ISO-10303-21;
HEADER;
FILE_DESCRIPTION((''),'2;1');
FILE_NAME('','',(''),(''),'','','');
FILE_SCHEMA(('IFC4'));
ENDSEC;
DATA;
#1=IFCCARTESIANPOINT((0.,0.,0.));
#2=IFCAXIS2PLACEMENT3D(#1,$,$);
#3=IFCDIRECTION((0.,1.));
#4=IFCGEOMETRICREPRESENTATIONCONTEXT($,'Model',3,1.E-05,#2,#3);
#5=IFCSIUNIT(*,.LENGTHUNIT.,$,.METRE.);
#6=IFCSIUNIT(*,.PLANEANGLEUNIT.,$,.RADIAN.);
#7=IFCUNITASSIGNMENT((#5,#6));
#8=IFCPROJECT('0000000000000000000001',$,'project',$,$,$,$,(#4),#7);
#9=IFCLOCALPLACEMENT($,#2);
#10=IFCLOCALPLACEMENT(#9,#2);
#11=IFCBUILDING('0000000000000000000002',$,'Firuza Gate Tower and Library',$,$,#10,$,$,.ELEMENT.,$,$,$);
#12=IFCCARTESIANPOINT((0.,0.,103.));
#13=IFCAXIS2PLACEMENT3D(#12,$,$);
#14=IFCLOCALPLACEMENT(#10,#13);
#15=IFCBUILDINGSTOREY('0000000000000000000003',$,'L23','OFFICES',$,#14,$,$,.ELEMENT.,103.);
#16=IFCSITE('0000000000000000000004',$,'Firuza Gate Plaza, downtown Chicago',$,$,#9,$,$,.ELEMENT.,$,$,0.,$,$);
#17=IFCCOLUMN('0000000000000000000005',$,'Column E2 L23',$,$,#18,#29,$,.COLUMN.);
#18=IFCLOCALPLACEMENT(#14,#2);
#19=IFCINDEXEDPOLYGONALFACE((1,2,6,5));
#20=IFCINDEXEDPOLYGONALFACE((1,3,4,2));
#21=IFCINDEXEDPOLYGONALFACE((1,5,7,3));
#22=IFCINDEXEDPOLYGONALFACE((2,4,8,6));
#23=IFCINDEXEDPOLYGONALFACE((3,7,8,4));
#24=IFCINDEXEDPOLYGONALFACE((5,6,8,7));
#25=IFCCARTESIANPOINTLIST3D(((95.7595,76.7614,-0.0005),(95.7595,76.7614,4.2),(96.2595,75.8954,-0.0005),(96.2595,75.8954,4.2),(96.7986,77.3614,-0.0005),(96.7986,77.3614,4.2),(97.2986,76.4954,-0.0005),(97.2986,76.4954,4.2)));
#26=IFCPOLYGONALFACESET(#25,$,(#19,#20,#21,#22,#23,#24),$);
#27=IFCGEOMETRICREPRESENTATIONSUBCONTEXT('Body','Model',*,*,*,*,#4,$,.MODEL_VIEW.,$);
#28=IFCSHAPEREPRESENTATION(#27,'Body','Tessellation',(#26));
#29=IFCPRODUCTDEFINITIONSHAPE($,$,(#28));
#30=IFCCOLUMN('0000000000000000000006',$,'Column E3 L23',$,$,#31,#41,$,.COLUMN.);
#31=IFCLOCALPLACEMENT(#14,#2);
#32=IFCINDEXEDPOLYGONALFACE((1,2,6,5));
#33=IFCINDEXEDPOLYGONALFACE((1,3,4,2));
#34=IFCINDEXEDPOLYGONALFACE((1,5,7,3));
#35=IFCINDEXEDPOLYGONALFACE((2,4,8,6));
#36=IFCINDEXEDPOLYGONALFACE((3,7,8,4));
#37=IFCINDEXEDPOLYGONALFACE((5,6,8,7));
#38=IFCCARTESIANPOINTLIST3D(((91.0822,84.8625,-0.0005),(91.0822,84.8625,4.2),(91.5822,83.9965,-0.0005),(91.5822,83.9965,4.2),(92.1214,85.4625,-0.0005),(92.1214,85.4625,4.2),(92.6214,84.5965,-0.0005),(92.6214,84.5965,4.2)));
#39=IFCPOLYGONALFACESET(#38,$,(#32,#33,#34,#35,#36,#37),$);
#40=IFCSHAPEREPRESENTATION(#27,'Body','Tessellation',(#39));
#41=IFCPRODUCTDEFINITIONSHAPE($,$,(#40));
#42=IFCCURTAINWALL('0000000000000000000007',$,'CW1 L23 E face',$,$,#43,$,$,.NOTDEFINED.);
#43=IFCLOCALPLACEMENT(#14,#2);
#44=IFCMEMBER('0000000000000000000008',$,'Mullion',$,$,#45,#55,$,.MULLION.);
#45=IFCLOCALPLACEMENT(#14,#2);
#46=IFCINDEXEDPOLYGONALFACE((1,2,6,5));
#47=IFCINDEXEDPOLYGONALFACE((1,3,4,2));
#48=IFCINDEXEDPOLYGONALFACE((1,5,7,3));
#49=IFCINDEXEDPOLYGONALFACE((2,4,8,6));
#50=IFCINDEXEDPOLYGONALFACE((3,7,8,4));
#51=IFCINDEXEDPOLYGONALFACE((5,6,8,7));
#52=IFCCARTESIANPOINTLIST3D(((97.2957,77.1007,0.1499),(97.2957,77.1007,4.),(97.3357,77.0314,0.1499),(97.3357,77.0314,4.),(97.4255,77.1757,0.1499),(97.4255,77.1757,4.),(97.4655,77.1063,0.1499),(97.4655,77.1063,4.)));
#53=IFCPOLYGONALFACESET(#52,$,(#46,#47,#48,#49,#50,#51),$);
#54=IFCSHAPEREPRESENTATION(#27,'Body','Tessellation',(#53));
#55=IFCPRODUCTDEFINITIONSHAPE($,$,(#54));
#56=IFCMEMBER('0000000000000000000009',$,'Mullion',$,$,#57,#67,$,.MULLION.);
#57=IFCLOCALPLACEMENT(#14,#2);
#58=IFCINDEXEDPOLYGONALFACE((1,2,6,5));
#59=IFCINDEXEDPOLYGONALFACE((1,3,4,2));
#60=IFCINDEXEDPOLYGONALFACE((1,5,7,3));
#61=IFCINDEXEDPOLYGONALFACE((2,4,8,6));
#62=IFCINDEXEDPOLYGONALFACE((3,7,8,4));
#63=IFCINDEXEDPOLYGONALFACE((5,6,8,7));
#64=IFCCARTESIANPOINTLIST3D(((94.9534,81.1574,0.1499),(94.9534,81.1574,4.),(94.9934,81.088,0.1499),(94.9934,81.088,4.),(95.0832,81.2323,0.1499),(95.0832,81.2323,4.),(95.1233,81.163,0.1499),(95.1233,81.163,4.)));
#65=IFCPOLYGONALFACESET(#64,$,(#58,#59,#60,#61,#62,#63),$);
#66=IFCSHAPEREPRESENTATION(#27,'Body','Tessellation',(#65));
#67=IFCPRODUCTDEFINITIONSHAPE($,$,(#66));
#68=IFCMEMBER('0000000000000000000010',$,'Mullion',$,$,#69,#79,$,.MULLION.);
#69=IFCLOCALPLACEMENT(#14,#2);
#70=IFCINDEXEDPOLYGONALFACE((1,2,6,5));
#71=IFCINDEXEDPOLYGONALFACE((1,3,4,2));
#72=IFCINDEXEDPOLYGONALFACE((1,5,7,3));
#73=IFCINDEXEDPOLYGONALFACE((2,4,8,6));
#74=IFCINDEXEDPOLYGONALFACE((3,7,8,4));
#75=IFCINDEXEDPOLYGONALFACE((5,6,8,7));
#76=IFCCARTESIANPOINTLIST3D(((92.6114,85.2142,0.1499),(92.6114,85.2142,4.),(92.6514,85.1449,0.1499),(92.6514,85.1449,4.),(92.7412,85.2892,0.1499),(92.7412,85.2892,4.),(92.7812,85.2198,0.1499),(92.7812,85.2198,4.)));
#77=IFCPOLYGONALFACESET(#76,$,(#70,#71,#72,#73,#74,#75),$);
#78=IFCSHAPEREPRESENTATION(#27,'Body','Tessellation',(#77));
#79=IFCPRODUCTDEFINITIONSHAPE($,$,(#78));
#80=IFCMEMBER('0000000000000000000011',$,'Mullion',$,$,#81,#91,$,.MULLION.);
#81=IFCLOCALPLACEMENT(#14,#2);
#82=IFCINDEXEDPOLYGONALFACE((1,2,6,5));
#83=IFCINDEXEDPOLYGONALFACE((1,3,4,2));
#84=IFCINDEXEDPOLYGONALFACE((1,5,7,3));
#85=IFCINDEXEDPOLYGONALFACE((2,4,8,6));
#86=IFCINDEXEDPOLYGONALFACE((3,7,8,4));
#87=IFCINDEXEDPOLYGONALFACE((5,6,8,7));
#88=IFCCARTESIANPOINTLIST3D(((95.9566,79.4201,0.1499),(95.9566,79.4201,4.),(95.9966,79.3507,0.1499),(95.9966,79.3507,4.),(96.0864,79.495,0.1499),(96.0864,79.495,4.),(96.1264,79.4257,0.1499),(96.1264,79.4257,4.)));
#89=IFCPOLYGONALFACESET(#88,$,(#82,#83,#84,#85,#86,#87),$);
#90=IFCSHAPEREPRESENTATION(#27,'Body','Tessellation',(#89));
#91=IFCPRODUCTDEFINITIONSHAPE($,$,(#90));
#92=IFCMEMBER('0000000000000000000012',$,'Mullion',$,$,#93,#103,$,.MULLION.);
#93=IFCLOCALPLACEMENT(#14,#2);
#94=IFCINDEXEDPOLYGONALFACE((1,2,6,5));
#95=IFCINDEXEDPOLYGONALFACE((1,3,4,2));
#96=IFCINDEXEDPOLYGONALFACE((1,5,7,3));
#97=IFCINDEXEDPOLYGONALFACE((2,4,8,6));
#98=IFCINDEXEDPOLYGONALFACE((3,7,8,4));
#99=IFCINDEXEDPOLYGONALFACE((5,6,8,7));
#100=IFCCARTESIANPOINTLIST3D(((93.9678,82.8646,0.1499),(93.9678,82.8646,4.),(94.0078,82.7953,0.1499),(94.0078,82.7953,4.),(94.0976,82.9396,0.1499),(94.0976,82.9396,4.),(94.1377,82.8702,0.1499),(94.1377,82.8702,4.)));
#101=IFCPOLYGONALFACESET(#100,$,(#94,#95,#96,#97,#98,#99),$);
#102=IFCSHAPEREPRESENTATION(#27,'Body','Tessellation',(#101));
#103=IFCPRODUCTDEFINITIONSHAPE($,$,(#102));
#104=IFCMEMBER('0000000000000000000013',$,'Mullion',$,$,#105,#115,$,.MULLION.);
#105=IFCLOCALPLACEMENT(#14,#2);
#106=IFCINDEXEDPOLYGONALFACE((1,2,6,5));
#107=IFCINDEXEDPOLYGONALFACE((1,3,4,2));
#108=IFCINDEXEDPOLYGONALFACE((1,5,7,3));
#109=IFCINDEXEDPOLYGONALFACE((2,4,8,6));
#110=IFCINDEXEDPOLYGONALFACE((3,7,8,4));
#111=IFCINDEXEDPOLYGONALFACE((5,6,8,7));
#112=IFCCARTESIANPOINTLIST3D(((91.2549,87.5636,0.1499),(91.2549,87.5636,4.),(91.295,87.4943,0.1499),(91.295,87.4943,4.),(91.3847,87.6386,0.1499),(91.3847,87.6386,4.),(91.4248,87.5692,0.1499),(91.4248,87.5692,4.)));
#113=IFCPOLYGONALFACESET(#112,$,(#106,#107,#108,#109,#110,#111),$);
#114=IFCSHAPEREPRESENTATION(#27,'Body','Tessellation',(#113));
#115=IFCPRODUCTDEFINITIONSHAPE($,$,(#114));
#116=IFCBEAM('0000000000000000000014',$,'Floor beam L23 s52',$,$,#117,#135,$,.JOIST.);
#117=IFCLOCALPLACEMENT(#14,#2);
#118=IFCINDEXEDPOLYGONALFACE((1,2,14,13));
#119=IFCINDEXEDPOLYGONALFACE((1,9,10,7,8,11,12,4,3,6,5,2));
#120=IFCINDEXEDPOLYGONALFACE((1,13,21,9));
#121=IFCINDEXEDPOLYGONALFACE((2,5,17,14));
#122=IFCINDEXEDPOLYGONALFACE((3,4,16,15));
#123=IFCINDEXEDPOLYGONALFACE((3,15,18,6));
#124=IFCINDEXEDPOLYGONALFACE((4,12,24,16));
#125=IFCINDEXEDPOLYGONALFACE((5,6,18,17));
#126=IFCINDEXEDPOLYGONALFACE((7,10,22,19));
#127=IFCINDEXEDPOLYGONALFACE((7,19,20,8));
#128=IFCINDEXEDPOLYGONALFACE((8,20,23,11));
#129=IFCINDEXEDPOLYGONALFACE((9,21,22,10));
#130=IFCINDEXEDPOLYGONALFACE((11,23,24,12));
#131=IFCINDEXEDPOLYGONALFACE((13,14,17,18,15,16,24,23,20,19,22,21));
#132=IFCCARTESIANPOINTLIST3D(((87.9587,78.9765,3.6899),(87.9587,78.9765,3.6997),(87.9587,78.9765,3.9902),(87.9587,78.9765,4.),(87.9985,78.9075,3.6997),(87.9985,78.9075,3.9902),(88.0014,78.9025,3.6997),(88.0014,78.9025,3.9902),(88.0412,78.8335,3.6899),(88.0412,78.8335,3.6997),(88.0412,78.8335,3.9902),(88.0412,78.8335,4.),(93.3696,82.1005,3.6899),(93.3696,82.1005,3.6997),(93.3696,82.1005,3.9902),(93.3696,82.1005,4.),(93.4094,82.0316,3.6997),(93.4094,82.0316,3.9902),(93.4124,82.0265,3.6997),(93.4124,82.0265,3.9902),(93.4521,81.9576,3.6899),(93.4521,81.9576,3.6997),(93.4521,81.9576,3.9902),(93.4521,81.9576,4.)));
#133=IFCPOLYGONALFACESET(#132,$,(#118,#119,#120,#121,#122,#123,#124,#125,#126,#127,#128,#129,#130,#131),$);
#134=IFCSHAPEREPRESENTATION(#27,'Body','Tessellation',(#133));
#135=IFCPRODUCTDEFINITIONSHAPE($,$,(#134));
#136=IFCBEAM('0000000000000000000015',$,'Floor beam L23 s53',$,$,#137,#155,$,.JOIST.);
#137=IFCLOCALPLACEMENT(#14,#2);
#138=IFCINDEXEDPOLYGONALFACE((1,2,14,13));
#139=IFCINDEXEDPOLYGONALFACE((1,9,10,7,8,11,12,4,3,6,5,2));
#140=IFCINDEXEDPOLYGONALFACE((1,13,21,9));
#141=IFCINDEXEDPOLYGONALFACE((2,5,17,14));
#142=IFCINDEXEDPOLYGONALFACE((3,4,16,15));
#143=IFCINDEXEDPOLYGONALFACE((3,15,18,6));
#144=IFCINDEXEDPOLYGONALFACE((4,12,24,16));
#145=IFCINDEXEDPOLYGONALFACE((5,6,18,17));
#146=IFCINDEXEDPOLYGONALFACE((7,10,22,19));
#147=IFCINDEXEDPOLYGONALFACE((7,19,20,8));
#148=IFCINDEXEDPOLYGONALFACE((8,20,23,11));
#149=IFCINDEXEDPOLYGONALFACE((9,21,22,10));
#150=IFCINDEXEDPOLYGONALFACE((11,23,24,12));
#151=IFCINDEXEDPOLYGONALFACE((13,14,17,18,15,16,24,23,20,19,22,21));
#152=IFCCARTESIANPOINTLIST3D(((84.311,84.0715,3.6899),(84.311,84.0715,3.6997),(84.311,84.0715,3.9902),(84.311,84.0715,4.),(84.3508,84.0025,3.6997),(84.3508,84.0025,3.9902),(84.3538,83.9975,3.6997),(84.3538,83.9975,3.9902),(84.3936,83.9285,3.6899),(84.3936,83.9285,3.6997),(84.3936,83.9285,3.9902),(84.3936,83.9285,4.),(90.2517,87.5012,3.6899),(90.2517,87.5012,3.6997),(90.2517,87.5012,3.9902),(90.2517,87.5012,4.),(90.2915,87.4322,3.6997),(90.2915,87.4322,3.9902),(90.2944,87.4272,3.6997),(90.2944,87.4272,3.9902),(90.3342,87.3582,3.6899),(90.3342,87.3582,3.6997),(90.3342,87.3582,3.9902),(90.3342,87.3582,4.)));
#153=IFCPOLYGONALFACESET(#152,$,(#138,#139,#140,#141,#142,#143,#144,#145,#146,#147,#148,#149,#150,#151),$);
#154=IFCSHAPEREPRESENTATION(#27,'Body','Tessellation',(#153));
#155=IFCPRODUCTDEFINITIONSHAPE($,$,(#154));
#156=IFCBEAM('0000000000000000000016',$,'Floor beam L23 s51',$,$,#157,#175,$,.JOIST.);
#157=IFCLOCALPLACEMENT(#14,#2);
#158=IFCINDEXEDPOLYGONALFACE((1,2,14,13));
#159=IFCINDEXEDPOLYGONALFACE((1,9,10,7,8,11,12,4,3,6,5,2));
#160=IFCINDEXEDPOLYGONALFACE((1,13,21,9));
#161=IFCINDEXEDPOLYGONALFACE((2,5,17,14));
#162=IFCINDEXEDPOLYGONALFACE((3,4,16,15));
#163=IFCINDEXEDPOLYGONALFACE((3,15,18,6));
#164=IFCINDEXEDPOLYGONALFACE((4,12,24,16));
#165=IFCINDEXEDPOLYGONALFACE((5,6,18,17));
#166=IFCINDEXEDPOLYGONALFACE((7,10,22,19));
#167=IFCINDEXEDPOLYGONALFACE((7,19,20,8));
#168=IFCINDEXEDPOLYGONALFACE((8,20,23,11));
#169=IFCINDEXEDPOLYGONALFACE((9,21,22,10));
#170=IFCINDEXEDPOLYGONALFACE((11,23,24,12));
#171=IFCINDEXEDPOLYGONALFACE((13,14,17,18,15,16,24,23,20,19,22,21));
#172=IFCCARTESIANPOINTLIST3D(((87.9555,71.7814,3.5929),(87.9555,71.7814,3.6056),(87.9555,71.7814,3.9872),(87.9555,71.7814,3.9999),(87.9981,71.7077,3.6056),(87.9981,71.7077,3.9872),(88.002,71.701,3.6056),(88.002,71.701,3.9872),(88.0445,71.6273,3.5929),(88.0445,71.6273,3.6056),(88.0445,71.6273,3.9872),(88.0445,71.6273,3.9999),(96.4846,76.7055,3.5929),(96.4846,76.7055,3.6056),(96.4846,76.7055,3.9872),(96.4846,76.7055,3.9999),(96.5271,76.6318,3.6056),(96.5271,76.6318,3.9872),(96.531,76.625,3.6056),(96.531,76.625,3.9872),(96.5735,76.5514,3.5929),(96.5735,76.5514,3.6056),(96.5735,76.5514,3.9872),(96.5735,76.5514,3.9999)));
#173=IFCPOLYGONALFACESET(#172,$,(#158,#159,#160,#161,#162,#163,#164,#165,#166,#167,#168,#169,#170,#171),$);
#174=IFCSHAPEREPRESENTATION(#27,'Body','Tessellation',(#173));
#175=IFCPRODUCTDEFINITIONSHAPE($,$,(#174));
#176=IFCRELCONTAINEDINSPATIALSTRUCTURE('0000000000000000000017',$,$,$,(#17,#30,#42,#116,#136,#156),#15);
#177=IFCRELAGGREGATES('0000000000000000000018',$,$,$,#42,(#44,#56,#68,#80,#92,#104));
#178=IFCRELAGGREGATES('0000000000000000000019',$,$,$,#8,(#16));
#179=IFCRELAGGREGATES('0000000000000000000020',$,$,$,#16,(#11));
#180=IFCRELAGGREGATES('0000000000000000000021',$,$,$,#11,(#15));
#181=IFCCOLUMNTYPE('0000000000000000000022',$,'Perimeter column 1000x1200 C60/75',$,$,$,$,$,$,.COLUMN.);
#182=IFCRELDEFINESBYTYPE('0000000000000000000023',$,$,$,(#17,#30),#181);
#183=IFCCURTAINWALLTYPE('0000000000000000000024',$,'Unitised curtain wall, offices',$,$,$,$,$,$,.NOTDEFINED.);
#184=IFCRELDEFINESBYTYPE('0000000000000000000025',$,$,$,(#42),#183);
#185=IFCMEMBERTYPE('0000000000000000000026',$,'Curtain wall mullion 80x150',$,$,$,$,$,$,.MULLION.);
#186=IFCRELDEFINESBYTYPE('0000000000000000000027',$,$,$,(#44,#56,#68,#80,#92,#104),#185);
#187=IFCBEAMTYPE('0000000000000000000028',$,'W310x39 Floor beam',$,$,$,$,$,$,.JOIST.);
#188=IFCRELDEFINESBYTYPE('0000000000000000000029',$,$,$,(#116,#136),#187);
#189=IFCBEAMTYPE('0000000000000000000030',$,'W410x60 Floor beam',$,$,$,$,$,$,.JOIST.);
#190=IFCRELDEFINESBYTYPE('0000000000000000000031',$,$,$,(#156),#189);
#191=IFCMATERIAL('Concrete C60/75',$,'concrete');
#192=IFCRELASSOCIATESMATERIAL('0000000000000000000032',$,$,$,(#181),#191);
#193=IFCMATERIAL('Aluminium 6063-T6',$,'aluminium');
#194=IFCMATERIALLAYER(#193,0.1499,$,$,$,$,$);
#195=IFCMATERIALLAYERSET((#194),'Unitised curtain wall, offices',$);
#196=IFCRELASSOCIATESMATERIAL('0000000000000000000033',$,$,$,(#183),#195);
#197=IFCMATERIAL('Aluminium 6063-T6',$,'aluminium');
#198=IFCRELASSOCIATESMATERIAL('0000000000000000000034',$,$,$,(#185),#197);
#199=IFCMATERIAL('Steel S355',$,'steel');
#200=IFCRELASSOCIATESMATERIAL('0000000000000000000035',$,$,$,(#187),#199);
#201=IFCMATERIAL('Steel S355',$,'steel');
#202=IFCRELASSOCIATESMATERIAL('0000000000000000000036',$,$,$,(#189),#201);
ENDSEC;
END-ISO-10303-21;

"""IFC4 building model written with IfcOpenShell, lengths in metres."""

from ifc_helpers import new_model, si_unit, direction, frame, origin, origin_2d, place, context, subcontext, project, spatial, rectangle, i_section, extrude, material, layer, layer_set, material_profile, profile_set, type_object, element, aggregate, save


model = new_model("IFC4")

# Units and contexts
model_context = context("Model", 3, precision=1e-05, world=origin(), true_north=direction((0.0, 1.0)))
body_context = subcontext(model_context, "Body", "Model", "MODEL_VIEW")
ifc_project = project(units=[si_unit("LENGTHUNIT", "METRE"), si_unit("PLANEANGLEUNIT", "RADIAN")], contexts=[model_context])

# Site, building, storey
site_placement = place(None, origin())
site = spatial("IfcSite", under=ifc_project, at=site_placement, Name="Firuza Gate Plaza, downtown Chicago", CompositionType="ELEMENT", RefElevation=0.0)
building_placement = place(site_placement, origin())
building = spatial("IfcBuilding", under=site, at=building_placement, Name="Firuza Gate Tower and Library", CompositionType="ELEMENT")
storey_placement = place(building_placement, frame((0.0, 0.0, 103.0)))
storey = spatial("IfcBuildingStorey", under=building, at=storey_placement, Name="L23", Description="OFFICES", CompositionType="ELEMENT", Elevation=103.0)

# Columns
ifc_material_1 = material(Name="Concrete C60/75", Category="concrete")
ifc_material_profile_1 = material_profile(ifc_material_1, rectangle(XDim=1.0, YDim=1.2, at=origin_2d()))
ifc_profile_set_1 = profile_set([ifc_material_profile_1], Name="Concrete C60/75")
column_type = type_object("IfcColumnType", Name="Perimeter column 1000x1200 C60/75", PredefinedType="COLUMN", material=ifc_profile_set_1)
for number, where, z_axis, x_axis, name in (
    (1, (96.5291, 76.6284, -0.0005), (0.0, 0.0, 1.0), (-0.5, 0.866025, 0.0), "Column E2 L23"),
    (2, (91.8518, 84.7295, -0.0005), (0.0, 0.0, 1.0), (-0.5, 0.866025, 0.0), "Column E3 L23"),
):
    element("IfcColumn", number, at=place(storey_placement, frame(where, z_axis=z_axis, x_axis=x_axis)), inside=storey, type_object=column_type, Name=name, PredefinedType="COLUMN", context=body_context, shape_type="SweptSolid", body=[
        extrude(rectangle(XDim=1.0, YDim=1.2, at=origin_2d()), origin(), (0.0, 0.0, 1.0), 4.2004),
    ])

# Curtain wall, members
ifc_material_2 = material(Name="Aluminium 6063-T6", Category="aluminium")
ifc_layer_1 = layer(ifc_material_2, 0.1499)
ifc_layer_set_1 = layer_set([ifc_layer_1], Name="Unitised curtain wall, offices")
curtain_wall_type = type_object("IfcCurtainWallType", Name="Unitised curtain wall, offices", PredefinedType="NOTDEFINED", material=ifc_layer_set_1)
curtain_wall_placement = place(storey_placement, origin())
curtain_wall = element("IfcCurtainWall", 3, at=curtain_wall_placement, inside=storey, type_object=curtain_wall_type, Name="CW1 L23 E face", PredefinedType="NOTDEFINED")
ifc_material_3 = material(Name="Aluminium 6063-T6", Category="aluminium")
ifc_material_profile_2 = material_profile(ifc_material_3, rectangle(XDim=0.1499, YDim=0.0801, at=origin_2d()))
ifc_profile_set_2 = profile_set([ifc_material_profile_2], Name="Aluminium 6063-T6")
member_type = type_object("IfcMemberType", Name="Curtain wall mullion 80x150", PredefinedType="MULLION", material=ifc_profile_set_2)
member_1_placement = place(storey_placement, frame((97.3806, 77.1035, 0.1499), z_axis=(0.0, 0.0, 1.0), x_axis=(-0.866025, -0.5, 0.0)))
member_1 = element("IfcMember", 4, at=member_1_placement, type_object=member_type, Name="Mullion", PredefinedType="MULLION", context=body_context, shape_type="SweptSolid", body=[
    extrude(rectangle(XDim=0.1499, YDim=0.0801, at=origin_2d()), origin(), (0.0, 0.0, 1.0), 3.8501),
])
member_2_placement = place(storey_placement, frame((95.0383, 81.1602, 0.1499), z_axis=(0.0, 0.0, 1.0), x_axis=(-0.866025, -0.5, 0.0)))
member_2 = element("IfcMember", 5, at=member_2_placement, type_object=member_type, Name="Mullion", PredefinedType="MULLION", context=body_context, shape_type="SweptSolid", body=[
    extrude(rectangle(XDim=0.1499, YDim=0.0801, at=origin_2d()), origin(), (0.0, 0.0, 1.0), 3.8501),
])
member_3_placement = place(storey_placement, frame((92.6963, 85.217, 0.1499), z_axis=(0.0, 0.0, 1.0), x_axis=(-0.866025, -0.5, 0.0)))
member_3 = element("IfcMember", 6, at=member_3_placement, type_object=member_type, Name="Mullion", PredefinedType="MULLION", context=body_context, shape_type="SweptSolid", body=[
    extrude(rectangle(XDim=0.1499, YDim=0.0801, at=origin_2d()), origin(), (0.0, 0.0, 1.0), 3.8501),
])
member_4_placement = place(storey_placement, frame((96.0415, 79.4229, 0.1499), z_axis=(0.0, 0.0, 1.0), x_axis=(-0.866025, -0.5, 0.0)))
member_4 = element("IfcMember", 7, at=member_4_placement, type_object=member_type, Name="Mullion", PredefinedType="MULLION", context=body_context, shape_type="SweptSolid", body=[
    extrude(rectangle(XDim=0.1499, YDim=0.0801, at=origin_2d()), origin(), (0.0, 0.0, 1.0), 3.8501),
])
member_5_placement = place(storey_placement, frame((94.0527, 82.8674, 0.1499), z_axis=(0.0, 0.0, 1.0), x_axis=(-0.866025, -0.5, 0.0)))
member_5 = element("IfcMember", 8, at=member_5_placement, type_object=member_type, Name="Mullion", PredefinedType="MULLION", context=body_context, shape_type="SweptSolid", body=[
    extrude(rectangle(XDim=0.1499, YDim=0.0801, at=origin_2d()), origin(), (0.0, 0.0, 1.0), 3.8501),
])
member_6_placement = place(storey_placement, frame((91.3398, 87.5664, 0.1499), z_axis=(0.0, 0.0, 1.0), x_axis=(-0.866025, -0.5, 0.0)))
member_6 = element("IfcMember", 9, at=member_6_placement, type_object=member_type, Name="Mullion", PredefinedType="MULLION", context=body_context, shape_type="SweptSolid", body=[
    extrude(rectangle(XDim=0.1499, YDim=0.0801, at=origin_2d()), origin(), (0.0, 0.0, 1.0), 3.8501),
])

# Beams
ifc_material_4 = material(Name="Steel S355", Category="steel")
ifc_material_profile_3 = material_profile(ifc_material_4, i_section(OverallWidth=0.165, OverallDepth=0.3101, WebThickness=0.0059, FlangeThickness=0.0098, at=origin_2d()))
ifc_profile_set_3 = profile_set([ifc_material_profile_3], Name="Steel S355")
beam_type_1 = type_object("IfcBeamType", Name="W310x39 Floor beam", PredefinedType="JOIST", material=ifc_profile_set_3)
beam_1_placement = place(storey_placement, frame((93.4109, 82.0291, 3.845), z_axis=(-0.866022, -0.500005, 0.0), x_axis=(0.500005, -0.866022, 0.0)))
element("IfcBeam", 10, at=beam_1_placement, inside=storey, type_object=beam_type_1, Name="Floor beam L23 s52", PredefinedType="JOIST", context=body_context, shape_type="SweptSolid", body=[
    extrude(i_section(OverallWidth=0.165, OverallDepth=0.3101, WebThickness=0.0059, FlangeThickness=0.0098, at=origin_2d()), origin(), (0.0, 0.0, 1.0), 6.248),
])
beam_2_placement = place(storey_placement, frame((90.293, 87.4297, 3.845), z_axis=(-0.866036, -0.499982, 0.0), x_axis=(0.499982, -0.866036, 0.0)))
element("IfcBeam", 11, at=beam_2_placement, inside=storey, type_object=beam_type_1, Name="Floor beam L23 s53", PredefinedType="JOIST", context=body_context, shape_type="SweptSolid", body=[
    extrude(i_section(OverallWidth=0.165, OverallDepth=0.3101, WebThickness=0.0059, FlangeThickness=0.0098, at=origin_2d()), origin(), (0.0, 0.0, 1.0), 6.8596),
])
ifc_material_5 = material(Name="Steel S355", Category="steel")
ifc_material_profile_4 = material_profile(ifc_material_5, i_section(OverallWidth=0.178, OverallDepth=0.407, WebThickness=0.0078, FlangeThickness=0.0127, at=origin_2d()))
ifc_profile_set_4 = profile_set([ifc_material_profile_4], Name="Steel S355")
beam_type_2 = type_object("IfcBeamType", Name="W410x60 Floor beam", PredefinedType="JOIST", material=ifc_profile_set_4)
beam_3_placement = place(storey_placement, frame((96.5291, 76.6284, 3.7964), z_axis=(-0.866033, -0.499986, 0.0), x_axis=(0.499986, -0.866033, 0.0)))
element("IfcBeam", 12, at=beam_3_placement, inside=storey, type_object=beam_type_2, Name="Floor beam L23 s51", PredefinedType="JOIST", context=body_context, shape_type="SweptSolid", body=[
    extrude(i_section(OverallWidth=0.178, OverallDepth=0.407, WebThickness=0.0078, FlangeThickness=0.0127, at=origin_2d()), origin(), (0.0, 0.0, 1.0), 9.8484),
])

aggregate(curtain_wall, [member_1, member_2, member_3, member_4, member_5, member_6])

save(model, "model.ifc")
